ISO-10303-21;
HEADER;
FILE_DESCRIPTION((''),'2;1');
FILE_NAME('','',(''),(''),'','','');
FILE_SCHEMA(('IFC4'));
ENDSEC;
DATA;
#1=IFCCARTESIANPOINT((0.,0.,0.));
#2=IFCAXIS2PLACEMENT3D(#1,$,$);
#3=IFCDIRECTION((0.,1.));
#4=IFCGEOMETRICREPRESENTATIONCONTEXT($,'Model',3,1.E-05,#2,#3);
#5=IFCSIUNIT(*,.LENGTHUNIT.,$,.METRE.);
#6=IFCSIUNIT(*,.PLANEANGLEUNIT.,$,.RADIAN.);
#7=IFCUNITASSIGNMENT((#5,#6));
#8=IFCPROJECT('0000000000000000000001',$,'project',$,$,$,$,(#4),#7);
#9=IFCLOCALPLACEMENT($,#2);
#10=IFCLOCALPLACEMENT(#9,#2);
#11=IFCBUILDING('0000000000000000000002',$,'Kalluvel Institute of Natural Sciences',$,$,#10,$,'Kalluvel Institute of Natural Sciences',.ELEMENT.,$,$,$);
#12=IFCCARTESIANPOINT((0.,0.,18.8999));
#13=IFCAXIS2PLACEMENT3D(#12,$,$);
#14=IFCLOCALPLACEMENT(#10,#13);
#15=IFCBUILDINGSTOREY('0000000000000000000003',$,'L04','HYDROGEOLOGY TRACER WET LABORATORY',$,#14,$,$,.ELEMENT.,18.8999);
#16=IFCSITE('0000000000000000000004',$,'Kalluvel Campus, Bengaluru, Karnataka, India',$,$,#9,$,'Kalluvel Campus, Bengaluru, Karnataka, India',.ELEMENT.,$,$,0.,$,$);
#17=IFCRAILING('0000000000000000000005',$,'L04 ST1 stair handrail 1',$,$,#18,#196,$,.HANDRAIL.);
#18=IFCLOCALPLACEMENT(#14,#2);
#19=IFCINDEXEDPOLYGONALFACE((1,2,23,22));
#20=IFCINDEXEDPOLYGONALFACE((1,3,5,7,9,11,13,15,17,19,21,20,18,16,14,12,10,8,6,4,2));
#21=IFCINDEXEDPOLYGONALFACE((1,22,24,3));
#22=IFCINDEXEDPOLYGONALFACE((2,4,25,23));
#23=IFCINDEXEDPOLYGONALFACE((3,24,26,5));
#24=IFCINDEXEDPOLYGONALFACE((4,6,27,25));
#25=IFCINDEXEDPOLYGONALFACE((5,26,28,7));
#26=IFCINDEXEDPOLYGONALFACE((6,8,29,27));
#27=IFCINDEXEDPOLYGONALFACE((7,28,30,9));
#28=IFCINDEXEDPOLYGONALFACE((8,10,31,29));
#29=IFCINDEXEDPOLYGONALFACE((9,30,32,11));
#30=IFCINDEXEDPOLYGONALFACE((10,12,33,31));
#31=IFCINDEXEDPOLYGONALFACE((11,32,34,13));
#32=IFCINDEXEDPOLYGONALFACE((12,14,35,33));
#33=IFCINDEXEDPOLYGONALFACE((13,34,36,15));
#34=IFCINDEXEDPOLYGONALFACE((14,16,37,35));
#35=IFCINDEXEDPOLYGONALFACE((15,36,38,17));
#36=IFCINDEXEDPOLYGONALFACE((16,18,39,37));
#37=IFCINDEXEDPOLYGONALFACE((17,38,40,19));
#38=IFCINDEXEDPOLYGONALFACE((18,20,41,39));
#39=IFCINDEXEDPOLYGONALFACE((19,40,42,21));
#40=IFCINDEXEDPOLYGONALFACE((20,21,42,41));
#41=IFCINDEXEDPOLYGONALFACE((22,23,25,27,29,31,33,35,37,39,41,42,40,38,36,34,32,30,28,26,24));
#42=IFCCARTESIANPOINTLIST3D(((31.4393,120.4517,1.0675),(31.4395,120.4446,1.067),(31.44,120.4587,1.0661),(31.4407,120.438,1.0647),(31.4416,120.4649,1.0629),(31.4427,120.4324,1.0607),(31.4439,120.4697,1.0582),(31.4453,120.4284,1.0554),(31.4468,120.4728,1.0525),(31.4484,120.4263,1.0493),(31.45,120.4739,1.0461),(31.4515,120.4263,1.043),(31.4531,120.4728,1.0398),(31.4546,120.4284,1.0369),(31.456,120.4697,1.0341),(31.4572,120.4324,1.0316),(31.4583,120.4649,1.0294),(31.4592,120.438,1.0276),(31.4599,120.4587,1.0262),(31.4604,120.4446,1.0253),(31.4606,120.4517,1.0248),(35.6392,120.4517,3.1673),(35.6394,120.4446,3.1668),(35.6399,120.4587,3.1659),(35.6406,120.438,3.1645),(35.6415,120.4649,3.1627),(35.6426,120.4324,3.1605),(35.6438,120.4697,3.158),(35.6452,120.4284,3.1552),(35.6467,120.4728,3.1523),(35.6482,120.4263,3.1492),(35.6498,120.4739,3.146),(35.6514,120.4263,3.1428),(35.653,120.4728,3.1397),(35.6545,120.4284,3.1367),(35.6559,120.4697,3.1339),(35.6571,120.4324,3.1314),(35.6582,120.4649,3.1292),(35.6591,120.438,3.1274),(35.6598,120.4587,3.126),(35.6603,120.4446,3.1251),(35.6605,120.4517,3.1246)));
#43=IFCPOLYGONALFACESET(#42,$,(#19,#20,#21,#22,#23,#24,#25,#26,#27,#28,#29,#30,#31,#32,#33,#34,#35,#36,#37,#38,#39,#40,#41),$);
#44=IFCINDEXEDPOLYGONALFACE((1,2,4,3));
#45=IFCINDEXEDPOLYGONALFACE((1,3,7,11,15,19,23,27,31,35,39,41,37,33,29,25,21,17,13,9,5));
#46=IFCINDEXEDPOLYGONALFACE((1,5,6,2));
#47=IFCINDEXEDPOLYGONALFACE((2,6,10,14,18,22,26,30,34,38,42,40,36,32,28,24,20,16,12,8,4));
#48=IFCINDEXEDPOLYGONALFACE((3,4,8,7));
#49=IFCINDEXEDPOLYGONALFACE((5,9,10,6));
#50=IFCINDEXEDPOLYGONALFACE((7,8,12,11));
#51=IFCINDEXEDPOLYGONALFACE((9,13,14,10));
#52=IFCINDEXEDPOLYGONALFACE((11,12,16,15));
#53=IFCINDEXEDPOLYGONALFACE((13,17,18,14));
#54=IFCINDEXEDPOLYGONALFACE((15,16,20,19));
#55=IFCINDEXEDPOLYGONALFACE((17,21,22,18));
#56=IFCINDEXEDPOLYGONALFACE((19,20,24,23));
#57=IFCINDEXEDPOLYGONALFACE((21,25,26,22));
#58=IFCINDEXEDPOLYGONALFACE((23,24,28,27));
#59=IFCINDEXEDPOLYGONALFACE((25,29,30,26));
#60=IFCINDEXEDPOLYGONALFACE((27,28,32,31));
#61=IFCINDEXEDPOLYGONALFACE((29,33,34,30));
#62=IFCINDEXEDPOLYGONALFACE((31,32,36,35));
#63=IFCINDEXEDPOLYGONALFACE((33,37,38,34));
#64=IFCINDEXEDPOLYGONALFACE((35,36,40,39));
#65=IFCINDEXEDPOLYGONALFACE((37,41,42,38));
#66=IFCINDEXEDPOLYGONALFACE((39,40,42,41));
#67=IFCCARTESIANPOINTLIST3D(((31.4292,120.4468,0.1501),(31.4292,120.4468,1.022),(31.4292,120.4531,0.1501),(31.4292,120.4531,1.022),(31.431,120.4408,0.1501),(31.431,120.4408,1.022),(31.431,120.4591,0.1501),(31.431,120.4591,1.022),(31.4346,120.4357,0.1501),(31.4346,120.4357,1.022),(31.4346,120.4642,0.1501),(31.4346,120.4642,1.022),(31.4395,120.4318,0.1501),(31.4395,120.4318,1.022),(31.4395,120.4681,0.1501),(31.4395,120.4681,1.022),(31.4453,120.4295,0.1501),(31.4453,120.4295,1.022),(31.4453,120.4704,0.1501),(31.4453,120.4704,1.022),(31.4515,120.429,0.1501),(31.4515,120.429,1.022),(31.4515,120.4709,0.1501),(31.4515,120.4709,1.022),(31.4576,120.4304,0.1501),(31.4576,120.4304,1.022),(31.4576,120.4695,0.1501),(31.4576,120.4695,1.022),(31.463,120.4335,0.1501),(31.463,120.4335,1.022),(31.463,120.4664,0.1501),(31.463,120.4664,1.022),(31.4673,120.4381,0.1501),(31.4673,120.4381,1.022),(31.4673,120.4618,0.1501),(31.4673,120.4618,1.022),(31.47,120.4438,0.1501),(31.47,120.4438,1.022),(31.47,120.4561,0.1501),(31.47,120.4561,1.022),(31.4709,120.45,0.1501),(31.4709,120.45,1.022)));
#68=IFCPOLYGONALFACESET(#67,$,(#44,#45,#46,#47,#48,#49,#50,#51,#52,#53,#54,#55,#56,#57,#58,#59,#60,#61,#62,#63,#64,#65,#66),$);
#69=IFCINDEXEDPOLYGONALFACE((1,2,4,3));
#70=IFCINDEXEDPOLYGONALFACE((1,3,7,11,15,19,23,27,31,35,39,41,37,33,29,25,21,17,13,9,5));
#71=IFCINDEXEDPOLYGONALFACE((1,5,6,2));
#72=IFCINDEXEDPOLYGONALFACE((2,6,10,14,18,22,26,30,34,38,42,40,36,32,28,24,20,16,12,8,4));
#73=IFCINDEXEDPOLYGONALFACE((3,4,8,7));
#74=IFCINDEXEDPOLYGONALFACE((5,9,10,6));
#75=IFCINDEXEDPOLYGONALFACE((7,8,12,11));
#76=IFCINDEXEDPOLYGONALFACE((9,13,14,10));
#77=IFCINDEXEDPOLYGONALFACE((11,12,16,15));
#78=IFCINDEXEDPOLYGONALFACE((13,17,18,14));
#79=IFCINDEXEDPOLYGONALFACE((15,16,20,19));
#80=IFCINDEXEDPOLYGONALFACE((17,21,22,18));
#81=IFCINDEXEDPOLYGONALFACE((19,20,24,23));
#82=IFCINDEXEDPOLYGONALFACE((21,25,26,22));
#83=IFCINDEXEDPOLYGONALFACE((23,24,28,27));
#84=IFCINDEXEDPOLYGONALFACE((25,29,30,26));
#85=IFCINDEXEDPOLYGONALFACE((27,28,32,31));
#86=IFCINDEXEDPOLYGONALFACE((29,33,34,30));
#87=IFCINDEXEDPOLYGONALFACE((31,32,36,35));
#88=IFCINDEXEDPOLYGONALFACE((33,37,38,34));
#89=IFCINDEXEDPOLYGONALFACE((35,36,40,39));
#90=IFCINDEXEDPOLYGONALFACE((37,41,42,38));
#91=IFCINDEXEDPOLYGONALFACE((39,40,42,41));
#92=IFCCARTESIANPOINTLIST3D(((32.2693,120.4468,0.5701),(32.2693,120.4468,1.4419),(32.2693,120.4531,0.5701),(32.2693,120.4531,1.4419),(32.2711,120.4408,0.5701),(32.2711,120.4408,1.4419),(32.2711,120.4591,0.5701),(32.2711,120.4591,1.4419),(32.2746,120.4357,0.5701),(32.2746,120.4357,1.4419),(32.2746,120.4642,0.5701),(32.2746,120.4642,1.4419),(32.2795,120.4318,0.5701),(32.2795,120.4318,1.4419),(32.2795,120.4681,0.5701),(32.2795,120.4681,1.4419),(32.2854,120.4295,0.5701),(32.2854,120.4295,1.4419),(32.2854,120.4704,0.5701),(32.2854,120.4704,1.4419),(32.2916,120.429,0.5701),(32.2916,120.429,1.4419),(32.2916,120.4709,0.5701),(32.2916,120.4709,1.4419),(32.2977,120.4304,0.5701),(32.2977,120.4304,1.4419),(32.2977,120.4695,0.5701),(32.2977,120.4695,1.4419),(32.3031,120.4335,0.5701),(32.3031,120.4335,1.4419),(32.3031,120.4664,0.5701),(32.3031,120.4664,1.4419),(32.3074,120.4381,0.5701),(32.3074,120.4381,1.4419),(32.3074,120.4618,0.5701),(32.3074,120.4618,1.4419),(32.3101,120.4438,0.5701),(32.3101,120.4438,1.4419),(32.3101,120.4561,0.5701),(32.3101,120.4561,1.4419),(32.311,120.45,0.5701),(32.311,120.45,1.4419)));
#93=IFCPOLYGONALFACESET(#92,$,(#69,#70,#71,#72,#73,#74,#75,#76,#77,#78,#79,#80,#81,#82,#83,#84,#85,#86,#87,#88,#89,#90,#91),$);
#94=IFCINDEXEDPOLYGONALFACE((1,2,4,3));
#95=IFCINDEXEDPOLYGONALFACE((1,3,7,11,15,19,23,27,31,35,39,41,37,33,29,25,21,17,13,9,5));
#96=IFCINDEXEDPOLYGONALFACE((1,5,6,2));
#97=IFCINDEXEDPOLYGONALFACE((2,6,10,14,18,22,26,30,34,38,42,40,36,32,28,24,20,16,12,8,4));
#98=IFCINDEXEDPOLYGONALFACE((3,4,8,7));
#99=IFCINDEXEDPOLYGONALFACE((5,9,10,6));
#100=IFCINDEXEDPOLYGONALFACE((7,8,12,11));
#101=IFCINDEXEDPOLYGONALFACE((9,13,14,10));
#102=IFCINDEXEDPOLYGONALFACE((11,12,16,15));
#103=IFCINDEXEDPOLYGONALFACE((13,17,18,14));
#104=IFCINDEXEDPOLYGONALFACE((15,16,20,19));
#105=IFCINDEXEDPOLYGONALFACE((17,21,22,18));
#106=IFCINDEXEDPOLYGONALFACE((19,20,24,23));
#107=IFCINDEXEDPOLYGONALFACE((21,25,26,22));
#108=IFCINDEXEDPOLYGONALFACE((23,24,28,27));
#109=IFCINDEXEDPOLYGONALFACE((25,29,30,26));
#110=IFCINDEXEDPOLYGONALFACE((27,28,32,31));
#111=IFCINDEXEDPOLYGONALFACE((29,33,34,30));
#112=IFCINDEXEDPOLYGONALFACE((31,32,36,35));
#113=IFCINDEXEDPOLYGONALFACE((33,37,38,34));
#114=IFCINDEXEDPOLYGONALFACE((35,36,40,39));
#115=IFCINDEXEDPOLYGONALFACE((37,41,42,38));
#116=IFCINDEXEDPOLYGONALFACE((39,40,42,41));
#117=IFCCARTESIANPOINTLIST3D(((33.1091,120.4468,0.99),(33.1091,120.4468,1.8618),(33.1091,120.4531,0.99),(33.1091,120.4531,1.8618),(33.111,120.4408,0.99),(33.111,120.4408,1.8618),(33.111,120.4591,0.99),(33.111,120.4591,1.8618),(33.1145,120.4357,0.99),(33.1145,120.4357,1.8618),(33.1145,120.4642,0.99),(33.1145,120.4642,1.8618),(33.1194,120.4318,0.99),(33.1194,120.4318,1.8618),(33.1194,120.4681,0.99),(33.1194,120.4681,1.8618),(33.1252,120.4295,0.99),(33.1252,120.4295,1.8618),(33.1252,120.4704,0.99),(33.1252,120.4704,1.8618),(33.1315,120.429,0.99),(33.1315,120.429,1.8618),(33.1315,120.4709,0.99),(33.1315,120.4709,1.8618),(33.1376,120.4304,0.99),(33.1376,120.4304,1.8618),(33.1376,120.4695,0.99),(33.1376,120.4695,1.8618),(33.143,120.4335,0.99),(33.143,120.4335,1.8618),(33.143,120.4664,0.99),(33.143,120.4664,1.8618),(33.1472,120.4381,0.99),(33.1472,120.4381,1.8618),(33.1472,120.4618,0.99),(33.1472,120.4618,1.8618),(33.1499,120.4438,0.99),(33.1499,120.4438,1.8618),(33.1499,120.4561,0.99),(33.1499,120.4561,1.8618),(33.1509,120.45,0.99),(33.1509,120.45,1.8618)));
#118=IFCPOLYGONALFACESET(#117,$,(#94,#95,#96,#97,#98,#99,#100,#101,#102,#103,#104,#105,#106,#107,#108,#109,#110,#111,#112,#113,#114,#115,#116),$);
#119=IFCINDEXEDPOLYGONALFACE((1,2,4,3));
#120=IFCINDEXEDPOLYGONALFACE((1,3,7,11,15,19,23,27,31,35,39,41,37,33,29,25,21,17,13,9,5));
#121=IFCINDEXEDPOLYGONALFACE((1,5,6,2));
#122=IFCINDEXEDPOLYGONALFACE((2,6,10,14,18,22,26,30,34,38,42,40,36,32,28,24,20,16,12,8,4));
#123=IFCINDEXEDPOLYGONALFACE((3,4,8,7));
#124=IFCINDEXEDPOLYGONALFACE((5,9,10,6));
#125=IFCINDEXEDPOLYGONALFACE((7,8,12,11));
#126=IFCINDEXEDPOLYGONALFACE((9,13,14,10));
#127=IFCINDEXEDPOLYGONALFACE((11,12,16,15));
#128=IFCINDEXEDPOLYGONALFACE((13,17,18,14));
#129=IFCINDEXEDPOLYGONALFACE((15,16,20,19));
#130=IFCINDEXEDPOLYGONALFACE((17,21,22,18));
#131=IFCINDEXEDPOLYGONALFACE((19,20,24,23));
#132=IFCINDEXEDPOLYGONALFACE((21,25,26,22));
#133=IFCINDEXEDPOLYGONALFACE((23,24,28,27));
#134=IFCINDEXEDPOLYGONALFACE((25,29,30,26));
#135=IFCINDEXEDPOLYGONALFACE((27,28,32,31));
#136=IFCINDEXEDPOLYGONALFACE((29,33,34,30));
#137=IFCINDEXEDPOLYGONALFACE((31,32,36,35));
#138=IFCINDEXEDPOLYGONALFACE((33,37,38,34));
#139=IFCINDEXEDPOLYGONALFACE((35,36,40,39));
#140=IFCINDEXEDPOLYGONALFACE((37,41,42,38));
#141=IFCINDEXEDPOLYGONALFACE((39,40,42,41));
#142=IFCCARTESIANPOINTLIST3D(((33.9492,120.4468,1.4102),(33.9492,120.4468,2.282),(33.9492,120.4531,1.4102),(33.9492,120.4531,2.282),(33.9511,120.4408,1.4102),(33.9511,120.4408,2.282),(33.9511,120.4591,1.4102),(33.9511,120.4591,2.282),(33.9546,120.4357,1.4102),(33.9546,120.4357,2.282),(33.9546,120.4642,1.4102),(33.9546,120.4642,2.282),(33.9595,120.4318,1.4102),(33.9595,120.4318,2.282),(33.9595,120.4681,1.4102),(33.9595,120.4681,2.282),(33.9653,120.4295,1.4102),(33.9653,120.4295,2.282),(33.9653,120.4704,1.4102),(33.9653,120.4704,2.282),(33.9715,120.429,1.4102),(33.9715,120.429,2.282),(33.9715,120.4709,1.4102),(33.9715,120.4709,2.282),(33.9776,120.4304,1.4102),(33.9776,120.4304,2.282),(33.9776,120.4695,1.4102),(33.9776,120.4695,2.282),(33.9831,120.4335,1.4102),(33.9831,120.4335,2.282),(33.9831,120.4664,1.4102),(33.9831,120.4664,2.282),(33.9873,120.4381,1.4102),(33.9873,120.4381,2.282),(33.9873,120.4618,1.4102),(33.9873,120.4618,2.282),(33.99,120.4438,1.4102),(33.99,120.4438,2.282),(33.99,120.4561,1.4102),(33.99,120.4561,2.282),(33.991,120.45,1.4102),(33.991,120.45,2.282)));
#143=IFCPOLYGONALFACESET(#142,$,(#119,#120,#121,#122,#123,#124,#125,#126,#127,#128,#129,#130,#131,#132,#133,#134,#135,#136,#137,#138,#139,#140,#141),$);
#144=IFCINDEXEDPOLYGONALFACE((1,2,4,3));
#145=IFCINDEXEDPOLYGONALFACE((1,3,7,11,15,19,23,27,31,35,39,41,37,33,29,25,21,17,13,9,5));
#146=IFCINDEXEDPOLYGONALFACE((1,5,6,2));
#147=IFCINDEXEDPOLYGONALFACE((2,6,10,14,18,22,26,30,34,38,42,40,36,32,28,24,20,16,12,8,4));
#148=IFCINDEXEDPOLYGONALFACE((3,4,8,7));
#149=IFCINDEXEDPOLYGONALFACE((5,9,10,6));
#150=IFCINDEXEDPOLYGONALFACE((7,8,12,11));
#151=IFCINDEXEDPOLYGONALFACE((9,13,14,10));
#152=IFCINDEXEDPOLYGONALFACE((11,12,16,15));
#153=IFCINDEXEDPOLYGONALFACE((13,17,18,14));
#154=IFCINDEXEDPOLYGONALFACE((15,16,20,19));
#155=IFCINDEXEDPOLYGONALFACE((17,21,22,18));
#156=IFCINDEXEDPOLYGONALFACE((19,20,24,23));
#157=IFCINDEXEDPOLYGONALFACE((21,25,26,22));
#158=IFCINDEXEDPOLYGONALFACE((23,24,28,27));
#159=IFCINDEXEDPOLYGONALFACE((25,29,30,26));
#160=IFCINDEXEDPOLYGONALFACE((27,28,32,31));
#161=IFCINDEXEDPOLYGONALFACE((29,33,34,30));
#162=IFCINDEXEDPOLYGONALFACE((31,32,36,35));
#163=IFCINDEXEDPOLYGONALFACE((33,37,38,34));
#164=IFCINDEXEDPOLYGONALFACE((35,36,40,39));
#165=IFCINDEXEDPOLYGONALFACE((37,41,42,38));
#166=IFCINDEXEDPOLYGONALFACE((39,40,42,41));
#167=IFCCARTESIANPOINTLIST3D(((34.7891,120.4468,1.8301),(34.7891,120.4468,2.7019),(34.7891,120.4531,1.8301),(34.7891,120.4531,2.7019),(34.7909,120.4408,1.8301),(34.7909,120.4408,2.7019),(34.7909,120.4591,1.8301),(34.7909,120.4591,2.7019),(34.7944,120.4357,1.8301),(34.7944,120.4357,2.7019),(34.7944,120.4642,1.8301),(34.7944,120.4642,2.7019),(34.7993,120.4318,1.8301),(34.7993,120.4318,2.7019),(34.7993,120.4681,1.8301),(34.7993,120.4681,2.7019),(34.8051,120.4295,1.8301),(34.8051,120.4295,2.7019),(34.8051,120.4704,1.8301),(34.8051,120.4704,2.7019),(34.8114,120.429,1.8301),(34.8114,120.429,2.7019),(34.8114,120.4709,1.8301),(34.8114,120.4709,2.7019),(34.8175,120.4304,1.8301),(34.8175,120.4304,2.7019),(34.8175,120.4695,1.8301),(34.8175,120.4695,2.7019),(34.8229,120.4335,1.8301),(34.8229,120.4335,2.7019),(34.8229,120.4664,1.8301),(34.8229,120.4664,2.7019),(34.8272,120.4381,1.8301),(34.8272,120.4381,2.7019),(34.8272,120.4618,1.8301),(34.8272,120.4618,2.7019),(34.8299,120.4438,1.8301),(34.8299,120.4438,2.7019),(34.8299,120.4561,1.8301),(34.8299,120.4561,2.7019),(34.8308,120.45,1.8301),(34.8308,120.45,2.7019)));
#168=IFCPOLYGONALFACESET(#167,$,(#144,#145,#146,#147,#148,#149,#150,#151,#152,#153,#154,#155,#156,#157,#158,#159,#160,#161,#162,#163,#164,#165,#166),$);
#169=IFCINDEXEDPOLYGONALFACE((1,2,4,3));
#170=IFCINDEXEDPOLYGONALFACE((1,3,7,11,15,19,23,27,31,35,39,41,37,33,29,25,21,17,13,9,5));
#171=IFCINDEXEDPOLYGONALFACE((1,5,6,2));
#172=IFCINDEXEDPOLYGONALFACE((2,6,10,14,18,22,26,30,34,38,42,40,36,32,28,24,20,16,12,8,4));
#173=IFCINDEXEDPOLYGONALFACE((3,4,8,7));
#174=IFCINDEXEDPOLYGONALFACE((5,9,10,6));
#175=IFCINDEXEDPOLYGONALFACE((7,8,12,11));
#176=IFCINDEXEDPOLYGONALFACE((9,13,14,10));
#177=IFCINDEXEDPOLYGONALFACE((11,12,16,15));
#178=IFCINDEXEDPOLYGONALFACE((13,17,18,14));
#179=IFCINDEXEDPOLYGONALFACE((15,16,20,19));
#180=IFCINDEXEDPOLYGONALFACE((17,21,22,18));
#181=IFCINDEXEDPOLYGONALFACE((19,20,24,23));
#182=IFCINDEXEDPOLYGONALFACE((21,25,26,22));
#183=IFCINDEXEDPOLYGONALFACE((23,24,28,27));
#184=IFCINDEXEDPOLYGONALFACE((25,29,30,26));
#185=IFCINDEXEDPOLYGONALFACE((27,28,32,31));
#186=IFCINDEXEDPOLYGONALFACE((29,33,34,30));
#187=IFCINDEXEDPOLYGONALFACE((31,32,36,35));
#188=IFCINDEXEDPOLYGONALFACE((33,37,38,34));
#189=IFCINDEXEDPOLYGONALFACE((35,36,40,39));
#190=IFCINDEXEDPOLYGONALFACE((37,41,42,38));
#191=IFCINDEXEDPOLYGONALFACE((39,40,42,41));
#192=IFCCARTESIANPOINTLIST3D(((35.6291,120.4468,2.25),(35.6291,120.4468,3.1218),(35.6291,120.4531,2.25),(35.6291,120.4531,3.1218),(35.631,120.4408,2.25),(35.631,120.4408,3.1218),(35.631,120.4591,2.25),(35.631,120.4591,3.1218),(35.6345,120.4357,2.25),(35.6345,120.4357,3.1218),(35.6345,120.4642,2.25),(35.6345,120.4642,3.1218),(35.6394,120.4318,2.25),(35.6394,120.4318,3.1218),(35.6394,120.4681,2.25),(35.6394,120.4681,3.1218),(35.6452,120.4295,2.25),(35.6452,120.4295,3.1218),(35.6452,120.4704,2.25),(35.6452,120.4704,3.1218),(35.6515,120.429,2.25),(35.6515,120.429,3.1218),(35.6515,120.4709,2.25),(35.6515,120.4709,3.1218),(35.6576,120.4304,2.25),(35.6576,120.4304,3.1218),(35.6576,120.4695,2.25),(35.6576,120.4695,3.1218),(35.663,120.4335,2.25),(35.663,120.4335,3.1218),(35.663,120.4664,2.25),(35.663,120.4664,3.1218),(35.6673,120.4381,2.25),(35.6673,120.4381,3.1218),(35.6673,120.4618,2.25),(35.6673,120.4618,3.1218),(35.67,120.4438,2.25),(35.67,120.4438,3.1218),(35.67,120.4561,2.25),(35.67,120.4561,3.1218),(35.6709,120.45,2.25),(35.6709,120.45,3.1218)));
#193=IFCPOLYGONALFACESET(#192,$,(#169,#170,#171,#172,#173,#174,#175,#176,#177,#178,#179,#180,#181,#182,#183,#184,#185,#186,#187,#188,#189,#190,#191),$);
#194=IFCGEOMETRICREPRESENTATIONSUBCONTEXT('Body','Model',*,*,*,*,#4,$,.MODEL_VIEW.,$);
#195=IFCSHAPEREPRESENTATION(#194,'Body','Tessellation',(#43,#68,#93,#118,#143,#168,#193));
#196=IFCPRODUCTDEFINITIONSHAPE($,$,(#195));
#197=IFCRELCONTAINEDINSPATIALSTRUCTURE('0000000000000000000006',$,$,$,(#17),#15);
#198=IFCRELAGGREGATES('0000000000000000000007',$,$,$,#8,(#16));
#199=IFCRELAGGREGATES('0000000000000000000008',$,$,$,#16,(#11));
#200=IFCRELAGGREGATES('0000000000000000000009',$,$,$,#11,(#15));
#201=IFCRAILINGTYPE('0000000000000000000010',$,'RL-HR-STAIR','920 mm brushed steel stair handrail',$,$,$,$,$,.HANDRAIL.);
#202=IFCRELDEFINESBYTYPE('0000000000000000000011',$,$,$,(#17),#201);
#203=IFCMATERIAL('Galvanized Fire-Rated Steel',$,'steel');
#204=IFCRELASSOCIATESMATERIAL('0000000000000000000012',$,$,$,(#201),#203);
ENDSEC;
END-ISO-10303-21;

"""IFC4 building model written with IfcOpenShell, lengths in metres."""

from ifc_helpers import new_model, si_unit, direction, frame, origin, origin_2d, place, context, subcontext, project, spatial, circle, extrude, material, type_object, element, save


model = new_model("IFC4")

# Units and contexts
model_context = context("Model", 3, precision=1e-05, world=origin(), true_north=direction((0.0, 1.0)))
body_context = subcontext(model_context, "Body", "Model", "MODEL_VIEW")
ifc_project = project(units=[si_unit("LENGTHUNIT", "METRE"), si_unit("PLANEANGLEUNIT", "RADIAN")], contexts=[model_context])

# Site, building, storey
site_placement = place(None, origin())
site = spatial("IfcSite", under=ifc_project, at=site_placement, Name="Kalluvel Campus, Bengaluru, Karnataka, India", LongName="Kalluvel Campus, Bengaluru, Karnataka, India", CompositionType="ELEMENT", RefElevation=0.0)
building_placement = place(site_placement, origin())
building = spatial("IfcBuilding", under=site, at=building_placement, Name="Kalluvel Institute of Natural Sciences", LongName="Kalluvel Institute of Natural Sciences", CompositionType="ELEMENT")
storey_placement = place(building_placement, frame((0.0, 0.0, 18.8999)))
storey = spatial("IfcBuildingStorey", under=building, at=storey_placement, Name="L04", Description="HYDROGEOLOGY TRACER WET LABORATORY", CompositionType="ELEMENT", Elevation=18.8999)

# Shared definitions
ifc_material_1 = material(Name="Galvanized Fire-Rated Steel", Category="steel")

# Railing
railing_type_1 = type_object("IfcRailingType", Name="RL-HR-STAIR", Description="920 mm brushed steel stair handrail", PredefinedType="HANDRAIL", material=ifc_material_1)
railing_1_placement = place(storey_placement, frame((31.45, 120.45, 0.1501)))
element("IfcRailing", 1, at=railing_1_placement, inside=storey, type_object=railing_type_1, Name="L04 ST1 stair handrail 1", PredefinedType="HANDRAIL", context=body_context, shape_type="SweptSolid", body=[
    extrude(circle(Radius=0.0239, at=origin_2d()), frame((0.0, 0.0, 0.896), z_axis=(0.894438, 0.0, 0.447193), x_axis=(0.0, 1.0, 0.0)), (0.0, 0.0, 1.0), 4.6956),
    extrude(circle(Radius=0.021, at=origin_2d()), origin(), (0.0, 0.0, 1.0), 0.8718),
    extrude(circle(Radius=0.021, at=origin_2d()), frame((0.8401, 0.0, 0.4199)), (0.0, 0.0, 1.0), 0.8718),
    extrude(circle(Radius=0.021, at=origin_2d()), frame((1.6799, 0.0, 0.8398)), (0.0, 0.0, 1.0), 0.8718),
    extrude(circle(Radius=0.021, at=origin_2d()), frame((2.52, 0.0, 1.26)), (0.0, 0.0, 1.0), 0.8718),
    extrude(circle(Radius=0.021, at=origin_2d()), frame((3.3599, 0.0, 1.6799)), (0.0, 0.0, 1.0), 0.8718),
    extrude(circle(Radius=0.021, at=origin_2d()), frame((4.2, 0.0, 2.0999)), (0.0, 0.0, 1.0), 0.8718),
])

save(model, "model.ifc")
